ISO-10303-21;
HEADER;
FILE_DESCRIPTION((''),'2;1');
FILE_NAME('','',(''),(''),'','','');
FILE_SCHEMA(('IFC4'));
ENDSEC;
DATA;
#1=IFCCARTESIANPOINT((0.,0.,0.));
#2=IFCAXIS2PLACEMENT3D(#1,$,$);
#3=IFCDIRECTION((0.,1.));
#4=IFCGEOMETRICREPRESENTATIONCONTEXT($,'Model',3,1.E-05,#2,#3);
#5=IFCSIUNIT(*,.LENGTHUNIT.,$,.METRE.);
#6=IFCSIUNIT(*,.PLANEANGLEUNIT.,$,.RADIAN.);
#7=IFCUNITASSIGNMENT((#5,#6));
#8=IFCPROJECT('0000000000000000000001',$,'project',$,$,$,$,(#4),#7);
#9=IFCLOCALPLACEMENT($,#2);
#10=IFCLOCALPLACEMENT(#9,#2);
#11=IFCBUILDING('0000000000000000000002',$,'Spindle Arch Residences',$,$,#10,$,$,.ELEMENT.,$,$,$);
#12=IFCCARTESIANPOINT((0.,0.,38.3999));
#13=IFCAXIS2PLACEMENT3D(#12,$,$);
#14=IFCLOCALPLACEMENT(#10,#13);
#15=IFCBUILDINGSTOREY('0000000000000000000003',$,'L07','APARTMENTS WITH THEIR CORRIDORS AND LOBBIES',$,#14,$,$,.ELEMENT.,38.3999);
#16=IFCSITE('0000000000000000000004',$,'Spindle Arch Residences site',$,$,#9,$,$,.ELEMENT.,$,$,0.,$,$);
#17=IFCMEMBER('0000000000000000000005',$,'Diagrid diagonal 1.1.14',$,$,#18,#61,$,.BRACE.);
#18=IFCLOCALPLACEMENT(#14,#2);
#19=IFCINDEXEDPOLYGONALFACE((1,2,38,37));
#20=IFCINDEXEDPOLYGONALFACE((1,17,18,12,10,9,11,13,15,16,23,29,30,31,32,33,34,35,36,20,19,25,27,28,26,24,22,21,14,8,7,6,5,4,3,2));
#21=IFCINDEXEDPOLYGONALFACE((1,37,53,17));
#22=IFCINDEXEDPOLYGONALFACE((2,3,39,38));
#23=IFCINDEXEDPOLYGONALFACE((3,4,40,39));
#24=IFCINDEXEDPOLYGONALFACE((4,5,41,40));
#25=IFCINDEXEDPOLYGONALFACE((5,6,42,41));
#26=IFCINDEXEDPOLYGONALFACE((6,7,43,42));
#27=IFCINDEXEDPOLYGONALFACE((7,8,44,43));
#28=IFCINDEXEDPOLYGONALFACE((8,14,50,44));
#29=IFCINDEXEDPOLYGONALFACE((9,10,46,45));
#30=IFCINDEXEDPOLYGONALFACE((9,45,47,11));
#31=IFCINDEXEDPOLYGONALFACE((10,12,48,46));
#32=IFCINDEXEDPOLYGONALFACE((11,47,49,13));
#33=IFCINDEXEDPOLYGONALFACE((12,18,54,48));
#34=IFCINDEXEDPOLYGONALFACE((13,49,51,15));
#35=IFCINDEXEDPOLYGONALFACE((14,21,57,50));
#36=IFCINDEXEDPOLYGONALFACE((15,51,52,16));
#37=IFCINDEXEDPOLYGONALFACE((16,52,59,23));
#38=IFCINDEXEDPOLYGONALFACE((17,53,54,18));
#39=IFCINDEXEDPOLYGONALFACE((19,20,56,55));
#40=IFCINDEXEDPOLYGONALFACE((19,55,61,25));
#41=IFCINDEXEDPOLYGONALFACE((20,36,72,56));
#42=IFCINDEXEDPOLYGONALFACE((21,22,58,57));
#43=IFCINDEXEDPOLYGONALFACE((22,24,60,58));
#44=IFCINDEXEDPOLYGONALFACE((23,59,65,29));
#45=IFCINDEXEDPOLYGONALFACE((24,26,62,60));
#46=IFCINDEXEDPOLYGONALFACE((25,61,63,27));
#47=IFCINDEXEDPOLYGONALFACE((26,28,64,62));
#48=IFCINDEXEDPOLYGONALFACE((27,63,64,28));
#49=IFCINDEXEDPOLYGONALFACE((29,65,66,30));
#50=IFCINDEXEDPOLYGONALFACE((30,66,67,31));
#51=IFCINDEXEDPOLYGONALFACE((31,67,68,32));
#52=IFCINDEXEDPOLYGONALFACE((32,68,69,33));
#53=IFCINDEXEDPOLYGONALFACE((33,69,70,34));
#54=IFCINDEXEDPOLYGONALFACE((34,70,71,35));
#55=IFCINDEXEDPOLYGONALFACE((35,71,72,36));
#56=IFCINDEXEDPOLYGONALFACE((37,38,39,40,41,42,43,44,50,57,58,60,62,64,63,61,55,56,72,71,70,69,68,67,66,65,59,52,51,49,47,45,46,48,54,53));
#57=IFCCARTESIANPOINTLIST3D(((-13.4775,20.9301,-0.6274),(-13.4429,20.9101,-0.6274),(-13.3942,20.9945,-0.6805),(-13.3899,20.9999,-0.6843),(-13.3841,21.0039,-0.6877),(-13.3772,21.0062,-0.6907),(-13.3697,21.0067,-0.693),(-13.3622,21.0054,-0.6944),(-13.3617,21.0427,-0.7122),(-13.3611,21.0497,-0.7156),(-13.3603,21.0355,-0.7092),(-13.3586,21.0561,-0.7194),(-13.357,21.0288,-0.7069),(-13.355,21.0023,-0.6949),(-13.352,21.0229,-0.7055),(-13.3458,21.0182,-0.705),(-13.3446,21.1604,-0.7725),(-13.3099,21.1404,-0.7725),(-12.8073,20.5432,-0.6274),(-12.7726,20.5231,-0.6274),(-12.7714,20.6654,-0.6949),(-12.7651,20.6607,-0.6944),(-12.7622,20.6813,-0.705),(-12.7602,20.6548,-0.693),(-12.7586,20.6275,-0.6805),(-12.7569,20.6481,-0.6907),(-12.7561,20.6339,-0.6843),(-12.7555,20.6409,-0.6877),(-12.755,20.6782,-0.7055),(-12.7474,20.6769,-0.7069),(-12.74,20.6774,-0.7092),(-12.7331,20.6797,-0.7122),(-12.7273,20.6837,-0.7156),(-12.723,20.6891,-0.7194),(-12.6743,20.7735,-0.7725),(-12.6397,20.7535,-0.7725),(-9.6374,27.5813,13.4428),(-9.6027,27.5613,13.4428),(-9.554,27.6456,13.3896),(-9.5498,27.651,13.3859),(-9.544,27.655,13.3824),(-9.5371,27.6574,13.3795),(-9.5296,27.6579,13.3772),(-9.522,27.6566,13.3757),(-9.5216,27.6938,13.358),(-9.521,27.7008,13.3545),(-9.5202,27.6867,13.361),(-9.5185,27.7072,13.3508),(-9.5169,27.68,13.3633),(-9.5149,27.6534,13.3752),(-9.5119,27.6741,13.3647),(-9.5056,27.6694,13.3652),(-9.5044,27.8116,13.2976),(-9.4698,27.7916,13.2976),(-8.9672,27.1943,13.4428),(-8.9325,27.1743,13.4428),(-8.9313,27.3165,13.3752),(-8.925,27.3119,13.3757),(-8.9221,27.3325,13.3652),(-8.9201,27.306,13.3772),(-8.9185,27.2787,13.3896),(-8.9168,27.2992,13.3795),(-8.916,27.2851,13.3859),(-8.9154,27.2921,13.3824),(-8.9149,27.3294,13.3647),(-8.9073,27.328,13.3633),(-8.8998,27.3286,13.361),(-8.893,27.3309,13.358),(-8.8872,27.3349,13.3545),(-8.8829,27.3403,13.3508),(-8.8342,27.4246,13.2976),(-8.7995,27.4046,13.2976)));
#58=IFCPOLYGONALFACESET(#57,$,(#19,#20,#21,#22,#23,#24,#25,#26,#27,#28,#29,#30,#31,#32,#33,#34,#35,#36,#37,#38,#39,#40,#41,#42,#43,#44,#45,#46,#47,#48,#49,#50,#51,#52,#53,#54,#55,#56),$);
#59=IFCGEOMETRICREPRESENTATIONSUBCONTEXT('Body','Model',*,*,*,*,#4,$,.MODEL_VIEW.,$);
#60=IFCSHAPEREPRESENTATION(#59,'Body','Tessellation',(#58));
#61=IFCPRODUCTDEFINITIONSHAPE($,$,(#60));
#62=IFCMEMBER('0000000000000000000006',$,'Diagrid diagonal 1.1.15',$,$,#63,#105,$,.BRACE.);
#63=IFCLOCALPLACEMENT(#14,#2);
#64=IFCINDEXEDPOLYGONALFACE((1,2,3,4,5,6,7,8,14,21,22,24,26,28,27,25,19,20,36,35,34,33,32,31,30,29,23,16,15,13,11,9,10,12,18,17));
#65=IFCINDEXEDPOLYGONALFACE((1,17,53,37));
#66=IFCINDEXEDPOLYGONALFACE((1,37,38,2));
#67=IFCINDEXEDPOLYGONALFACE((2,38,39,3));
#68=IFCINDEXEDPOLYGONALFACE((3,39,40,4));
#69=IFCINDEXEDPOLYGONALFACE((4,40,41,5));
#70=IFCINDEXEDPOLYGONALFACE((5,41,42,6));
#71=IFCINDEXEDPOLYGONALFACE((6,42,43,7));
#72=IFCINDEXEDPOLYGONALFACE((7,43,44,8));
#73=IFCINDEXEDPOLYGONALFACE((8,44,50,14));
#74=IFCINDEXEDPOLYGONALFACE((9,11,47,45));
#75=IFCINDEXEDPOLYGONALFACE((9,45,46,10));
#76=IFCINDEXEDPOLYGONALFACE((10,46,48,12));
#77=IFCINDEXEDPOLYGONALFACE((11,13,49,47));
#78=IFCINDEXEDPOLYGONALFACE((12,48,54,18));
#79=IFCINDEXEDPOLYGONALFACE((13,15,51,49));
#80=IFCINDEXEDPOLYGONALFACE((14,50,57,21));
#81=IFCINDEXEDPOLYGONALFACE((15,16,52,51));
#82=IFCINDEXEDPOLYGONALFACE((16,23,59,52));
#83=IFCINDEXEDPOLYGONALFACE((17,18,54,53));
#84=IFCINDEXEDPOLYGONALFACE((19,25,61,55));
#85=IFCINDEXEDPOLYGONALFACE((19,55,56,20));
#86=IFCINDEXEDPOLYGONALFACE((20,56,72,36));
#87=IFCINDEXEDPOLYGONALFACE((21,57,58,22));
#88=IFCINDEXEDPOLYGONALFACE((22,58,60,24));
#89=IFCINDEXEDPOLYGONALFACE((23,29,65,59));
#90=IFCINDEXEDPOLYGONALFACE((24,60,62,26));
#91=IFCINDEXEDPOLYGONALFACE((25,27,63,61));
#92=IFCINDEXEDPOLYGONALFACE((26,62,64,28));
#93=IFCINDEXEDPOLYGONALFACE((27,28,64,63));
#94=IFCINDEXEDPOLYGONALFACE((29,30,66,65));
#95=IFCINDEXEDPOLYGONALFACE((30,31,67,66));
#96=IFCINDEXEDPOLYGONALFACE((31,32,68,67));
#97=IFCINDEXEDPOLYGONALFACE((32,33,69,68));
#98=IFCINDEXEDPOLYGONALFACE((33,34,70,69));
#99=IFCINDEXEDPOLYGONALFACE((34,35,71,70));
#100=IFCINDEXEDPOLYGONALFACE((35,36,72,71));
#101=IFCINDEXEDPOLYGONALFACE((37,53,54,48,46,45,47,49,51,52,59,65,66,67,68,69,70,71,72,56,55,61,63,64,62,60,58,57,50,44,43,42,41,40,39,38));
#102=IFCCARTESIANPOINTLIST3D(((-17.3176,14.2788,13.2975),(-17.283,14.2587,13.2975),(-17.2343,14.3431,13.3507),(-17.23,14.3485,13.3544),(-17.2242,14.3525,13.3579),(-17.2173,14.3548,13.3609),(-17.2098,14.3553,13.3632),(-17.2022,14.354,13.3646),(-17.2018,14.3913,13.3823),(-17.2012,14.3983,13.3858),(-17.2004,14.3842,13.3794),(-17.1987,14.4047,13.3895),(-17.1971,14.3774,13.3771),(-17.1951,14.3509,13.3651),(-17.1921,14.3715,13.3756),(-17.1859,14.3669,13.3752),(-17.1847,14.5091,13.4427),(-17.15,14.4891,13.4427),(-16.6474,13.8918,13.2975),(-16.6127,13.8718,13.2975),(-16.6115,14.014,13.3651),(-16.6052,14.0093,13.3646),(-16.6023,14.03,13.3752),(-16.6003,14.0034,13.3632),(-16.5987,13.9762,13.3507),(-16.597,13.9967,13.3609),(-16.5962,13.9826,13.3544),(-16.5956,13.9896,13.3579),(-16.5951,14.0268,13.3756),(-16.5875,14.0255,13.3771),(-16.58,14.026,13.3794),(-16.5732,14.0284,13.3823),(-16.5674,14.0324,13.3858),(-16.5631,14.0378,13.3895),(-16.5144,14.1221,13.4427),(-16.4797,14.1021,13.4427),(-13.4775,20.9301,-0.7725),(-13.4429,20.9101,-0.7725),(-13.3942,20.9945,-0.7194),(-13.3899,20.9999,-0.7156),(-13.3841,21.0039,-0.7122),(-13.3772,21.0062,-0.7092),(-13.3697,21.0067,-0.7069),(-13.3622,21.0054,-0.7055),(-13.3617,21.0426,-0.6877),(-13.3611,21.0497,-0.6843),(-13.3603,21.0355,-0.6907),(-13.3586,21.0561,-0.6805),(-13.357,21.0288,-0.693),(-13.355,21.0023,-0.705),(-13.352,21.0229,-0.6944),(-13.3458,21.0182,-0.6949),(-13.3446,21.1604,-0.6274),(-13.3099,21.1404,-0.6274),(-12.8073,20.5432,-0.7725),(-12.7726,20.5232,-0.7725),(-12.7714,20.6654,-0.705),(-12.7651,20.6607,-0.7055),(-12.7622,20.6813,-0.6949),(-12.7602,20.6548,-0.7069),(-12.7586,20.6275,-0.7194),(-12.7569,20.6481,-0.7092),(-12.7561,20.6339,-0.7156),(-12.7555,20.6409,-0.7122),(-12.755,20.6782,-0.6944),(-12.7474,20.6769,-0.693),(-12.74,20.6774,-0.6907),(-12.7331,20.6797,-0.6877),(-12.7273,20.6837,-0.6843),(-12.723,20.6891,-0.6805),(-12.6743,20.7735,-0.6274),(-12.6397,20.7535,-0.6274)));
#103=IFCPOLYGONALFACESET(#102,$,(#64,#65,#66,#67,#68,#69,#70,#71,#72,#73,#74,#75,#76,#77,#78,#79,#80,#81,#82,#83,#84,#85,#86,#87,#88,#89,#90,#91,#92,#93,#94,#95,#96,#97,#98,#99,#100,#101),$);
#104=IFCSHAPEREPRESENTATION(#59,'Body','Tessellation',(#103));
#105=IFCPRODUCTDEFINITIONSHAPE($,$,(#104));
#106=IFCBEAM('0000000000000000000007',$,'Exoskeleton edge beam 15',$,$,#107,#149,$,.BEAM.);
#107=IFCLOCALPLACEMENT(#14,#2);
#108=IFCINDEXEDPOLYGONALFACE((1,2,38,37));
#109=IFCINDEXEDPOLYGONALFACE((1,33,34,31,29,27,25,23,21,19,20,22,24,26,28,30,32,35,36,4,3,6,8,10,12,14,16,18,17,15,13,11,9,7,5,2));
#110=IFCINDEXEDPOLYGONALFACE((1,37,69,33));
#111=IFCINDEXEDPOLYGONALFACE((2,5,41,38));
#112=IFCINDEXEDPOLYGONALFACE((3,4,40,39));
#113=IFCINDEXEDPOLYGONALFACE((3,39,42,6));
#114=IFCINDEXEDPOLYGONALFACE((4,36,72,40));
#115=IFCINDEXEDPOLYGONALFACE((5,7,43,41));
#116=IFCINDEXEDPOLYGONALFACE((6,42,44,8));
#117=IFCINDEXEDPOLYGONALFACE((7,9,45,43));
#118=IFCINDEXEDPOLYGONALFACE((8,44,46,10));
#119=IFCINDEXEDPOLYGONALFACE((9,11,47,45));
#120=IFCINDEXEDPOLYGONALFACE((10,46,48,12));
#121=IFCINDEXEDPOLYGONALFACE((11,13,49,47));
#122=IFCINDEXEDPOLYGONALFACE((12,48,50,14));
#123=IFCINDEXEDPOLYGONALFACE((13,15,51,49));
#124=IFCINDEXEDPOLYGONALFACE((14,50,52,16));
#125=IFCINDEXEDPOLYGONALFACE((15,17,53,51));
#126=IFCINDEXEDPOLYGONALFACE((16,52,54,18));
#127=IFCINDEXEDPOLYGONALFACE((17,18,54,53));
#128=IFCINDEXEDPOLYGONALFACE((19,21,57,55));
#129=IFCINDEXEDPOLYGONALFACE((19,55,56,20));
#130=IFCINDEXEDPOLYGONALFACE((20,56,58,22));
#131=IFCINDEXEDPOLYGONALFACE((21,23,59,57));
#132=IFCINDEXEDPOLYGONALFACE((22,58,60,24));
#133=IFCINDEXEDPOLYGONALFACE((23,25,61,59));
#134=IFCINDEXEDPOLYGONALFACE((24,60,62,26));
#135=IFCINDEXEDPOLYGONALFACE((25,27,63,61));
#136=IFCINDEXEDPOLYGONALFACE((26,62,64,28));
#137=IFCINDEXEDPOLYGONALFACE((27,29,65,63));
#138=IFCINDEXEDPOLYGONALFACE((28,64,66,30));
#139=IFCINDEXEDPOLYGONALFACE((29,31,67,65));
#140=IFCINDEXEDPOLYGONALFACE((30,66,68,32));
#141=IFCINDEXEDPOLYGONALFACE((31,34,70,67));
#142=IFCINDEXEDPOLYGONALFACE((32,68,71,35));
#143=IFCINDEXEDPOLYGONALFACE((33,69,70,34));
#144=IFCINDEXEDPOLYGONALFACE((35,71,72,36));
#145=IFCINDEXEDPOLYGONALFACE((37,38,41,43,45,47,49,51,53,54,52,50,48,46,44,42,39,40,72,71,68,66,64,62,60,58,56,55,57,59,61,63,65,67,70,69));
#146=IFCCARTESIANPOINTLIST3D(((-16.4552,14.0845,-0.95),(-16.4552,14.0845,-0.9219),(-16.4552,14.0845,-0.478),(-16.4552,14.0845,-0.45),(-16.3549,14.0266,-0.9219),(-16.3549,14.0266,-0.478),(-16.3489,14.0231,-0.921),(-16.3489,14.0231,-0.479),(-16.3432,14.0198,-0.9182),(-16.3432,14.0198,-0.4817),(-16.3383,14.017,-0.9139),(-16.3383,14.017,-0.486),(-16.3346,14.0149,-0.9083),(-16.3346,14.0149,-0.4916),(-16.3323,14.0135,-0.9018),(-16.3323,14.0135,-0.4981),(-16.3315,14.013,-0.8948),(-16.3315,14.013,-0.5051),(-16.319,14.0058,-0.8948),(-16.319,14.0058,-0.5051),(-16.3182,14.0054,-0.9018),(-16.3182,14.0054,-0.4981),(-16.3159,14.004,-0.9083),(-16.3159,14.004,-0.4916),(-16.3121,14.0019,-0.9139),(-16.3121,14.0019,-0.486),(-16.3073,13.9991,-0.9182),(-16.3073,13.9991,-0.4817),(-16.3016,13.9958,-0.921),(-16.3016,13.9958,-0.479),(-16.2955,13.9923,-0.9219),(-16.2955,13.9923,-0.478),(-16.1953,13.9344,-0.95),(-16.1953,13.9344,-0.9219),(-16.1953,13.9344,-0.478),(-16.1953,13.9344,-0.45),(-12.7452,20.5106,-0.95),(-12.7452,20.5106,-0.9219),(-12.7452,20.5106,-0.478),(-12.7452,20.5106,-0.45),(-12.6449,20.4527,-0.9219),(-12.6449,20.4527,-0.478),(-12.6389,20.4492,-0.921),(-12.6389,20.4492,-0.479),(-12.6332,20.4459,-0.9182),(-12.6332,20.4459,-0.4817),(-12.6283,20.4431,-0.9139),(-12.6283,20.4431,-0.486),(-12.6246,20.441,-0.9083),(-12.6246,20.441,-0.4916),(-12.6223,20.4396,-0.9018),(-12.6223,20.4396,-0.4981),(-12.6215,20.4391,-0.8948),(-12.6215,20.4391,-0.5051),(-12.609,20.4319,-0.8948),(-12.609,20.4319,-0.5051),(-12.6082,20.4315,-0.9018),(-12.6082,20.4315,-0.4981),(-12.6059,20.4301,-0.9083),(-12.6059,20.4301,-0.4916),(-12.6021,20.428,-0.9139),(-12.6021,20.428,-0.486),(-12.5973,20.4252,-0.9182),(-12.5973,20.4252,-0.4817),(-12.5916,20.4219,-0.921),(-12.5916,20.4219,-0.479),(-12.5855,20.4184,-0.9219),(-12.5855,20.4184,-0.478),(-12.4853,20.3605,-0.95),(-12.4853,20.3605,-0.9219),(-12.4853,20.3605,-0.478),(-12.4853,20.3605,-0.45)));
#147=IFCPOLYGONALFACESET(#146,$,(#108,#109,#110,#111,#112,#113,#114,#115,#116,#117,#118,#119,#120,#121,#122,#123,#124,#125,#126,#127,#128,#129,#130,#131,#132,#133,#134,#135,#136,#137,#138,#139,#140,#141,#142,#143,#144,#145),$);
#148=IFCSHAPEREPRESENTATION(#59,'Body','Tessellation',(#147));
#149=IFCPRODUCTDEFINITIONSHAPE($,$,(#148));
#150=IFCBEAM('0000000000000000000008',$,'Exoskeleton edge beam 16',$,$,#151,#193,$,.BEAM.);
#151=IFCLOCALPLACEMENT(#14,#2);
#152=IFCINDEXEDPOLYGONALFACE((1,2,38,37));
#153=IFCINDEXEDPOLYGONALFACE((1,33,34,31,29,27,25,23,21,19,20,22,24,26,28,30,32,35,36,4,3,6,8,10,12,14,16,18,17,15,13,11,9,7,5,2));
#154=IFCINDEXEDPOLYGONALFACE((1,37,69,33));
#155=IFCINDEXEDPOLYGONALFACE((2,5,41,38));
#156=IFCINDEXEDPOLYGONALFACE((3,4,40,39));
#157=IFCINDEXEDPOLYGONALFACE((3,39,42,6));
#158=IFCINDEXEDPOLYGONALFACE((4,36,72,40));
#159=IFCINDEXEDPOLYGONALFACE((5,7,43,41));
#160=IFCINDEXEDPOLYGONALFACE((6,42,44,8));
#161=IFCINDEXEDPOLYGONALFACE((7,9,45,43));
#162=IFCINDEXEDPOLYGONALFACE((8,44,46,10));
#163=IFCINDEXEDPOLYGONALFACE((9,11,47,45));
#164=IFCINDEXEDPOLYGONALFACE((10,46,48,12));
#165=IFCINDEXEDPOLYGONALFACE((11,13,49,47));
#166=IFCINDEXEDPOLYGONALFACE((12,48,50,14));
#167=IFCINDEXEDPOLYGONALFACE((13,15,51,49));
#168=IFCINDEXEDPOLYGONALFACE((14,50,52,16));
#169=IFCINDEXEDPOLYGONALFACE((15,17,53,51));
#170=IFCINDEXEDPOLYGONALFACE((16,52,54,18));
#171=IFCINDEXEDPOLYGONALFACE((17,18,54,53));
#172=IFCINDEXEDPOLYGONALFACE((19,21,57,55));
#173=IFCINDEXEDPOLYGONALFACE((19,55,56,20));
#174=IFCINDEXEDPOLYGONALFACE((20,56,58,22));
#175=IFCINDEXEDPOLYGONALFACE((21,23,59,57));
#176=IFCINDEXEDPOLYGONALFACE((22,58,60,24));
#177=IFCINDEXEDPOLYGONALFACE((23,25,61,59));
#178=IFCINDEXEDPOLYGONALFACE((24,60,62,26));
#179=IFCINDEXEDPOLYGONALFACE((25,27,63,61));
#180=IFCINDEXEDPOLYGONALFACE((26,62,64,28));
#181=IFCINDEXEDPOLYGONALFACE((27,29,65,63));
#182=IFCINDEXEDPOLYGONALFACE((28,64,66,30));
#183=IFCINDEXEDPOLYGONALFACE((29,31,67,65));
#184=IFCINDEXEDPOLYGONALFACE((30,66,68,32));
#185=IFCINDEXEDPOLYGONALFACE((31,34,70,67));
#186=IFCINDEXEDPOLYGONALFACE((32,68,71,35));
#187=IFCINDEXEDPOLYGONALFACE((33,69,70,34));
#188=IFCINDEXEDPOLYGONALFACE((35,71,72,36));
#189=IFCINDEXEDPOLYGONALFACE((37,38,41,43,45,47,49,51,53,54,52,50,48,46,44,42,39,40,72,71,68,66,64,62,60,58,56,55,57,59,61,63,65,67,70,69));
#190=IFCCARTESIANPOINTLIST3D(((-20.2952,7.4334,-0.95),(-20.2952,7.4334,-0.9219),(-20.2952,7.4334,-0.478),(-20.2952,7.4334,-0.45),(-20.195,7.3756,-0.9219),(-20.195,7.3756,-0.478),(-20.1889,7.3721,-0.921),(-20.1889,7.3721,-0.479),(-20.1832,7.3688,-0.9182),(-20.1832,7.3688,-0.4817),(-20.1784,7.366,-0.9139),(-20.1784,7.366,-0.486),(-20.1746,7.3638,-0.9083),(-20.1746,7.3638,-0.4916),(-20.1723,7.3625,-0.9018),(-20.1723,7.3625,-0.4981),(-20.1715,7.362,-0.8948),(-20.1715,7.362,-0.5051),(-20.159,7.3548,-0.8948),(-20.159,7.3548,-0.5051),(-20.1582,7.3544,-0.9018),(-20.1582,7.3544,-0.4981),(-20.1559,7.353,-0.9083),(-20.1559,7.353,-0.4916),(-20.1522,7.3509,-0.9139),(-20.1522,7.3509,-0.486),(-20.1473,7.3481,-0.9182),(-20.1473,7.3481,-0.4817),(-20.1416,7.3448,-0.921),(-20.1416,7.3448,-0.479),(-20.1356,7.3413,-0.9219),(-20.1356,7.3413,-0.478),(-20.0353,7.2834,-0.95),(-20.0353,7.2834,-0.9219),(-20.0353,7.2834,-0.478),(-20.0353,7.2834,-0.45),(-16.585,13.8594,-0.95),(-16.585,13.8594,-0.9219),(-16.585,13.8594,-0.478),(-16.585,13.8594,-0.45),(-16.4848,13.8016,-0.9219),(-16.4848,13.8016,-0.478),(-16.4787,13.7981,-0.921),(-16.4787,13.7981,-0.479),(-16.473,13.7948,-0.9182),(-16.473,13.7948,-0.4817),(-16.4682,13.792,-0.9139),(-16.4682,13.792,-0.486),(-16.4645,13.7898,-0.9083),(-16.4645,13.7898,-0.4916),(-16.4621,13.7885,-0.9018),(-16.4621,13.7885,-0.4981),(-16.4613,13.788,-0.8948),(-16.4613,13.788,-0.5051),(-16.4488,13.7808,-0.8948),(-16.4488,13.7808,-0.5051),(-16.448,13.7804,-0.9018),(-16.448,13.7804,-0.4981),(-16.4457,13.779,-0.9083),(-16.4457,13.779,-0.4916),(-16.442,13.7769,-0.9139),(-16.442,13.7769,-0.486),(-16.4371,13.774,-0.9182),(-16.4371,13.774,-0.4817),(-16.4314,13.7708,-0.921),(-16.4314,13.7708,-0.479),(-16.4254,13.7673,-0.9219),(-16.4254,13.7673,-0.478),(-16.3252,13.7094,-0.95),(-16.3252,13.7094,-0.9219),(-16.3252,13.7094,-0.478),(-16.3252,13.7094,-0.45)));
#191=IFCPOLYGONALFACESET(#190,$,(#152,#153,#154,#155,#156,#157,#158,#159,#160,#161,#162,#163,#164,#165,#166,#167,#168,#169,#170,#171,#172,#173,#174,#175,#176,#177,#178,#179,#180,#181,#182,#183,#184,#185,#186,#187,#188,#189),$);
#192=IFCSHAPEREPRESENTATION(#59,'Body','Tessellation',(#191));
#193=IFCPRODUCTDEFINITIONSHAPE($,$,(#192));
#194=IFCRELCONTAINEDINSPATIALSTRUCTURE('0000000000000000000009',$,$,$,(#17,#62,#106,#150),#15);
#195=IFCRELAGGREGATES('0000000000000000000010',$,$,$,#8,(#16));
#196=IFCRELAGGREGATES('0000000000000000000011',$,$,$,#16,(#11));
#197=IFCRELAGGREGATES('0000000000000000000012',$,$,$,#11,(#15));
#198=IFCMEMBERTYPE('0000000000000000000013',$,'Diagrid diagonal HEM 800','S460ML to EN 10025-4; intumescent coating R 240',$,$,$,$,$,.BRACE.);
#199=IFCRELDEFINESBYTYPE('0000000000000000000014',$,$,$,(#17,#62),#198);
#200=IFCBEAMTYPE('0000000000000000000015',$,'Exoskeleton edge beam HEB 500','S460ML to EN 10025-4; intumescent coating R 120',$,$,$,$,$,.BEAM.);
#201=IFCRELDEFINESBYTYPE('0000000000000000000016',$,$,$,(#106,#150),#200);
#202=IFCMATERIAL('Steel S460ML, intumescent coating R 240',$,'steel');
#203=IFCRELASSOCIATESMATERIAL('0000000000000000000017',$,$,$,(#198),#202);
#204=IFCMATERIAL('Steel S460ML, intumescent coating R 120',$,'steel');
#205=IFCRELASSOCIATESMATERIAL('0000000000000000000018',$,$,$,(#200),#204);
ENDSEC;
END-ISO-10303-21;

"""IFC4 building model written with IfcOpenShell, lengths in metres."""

from ifc_helpers import new_model, si_unit, direction, frame, origin, origin_2d, place, context, subcontext, project, spatial, i_section, extrude, material, material_profile, profile_set, type_object, element, save


model = new_model("IFC4")

# Units and contexts
model_context = context("Model", 3, precision=1e-05, world=origin(), true_north=direction((0.0, 1.0)))
body_context = subcontext(model_context, "Body", "Model", "MODEL_VIEW")
ifc_project = project(units=[si_unit("LENGTHUNIT", "METRE"), si_unit("PLANEANGLEUNIT", "RADIAN")], contexts=[model_context])

# Site, building, storey
site_placement = place(None, origin())
site = spatial("IfcSite", under=ifc_project, at=site_placement, Name="Spindle Arch Residences site", CompositionType="ELEMENT", RefElevation=0.0)
building_placement = place(site_placement, origin())
building = spatial("IfcBuilding", under=site, at=building_placement, Name="Spindle Arch Residences", CompositionType="ELEMENT")
storey_placement = place(building_placement, frame((0.0, 0.0, 38.3999)))
storey = spatial("IfcBuildingStorey", under=building, at=storey_placement, Name="L07", Description="APARTMENTS WITH THEIR CORRIDORS AND LOBBIES", CompositionType="ELEMENT", Elevation=38.3999)

# Members
ifc_material_1 = material(Name="Steel S460ML, intumescent coating R 240", Category="steel")
ifc_material_profile_1 = material_profile(ifc_material_1, i_section(OverallWidth=0.303, OverallDepth=0.814, WebThickness=0.021, FlangeThickness=0.04, FilletRadius=0.03, at=origin_2d()), Name="HEM 800")
ifc_profile_set_1 = profile_set([ifc_material_profile_1], Name="Steel S460ML, intumescent coating R 240")
member_type_1 = type_object("IfcMemberType", Name="Diagrid diagonal HEM 800", Description="S460ML to EN 10025-4; intumescent coating R 240", PredefinedType="BRACE", material=ifc_profile_set_1)
for number, where, z_axis, x_axis, name in (
    (1, (-13.0586, 20.8418, -0.7), (0.239561, 0.414926, 0.877751), (-0.438881, -0.760152, 0.479117), "Diagrid diagonal 1.1.14"),
    (2, (-13.0586, 20.8418, -0.7), (-0.23956, -0.414938, 0.877746), (0.438866, 0.760154, 0.479127), "Diagrid diagonal 1.1.15"),
):
    element("IfcMember", number, at=place(storey_placement, frame(where, z_axis=z_axis, x_axis=x_axis)), inside=storey, type_object=member_type_1, Name=name, PredefinedType="BRACE", context=body_context, shape_type="SweptSolid", body=[
        extrude(i_section(OverallWidth=0.303, OverallDepth=0.814, WebThickness=0.021, FlangeThickness=0.04, FilletRadius=0.03, at=origin_2d()), origin(), (0.0, 0.0, 1.0), 16.0298),
    ])

# Beams
ifc_material_2 = material(Name="Steel S460ML, intumescent coating R 120", Category="steel")
ifc_material_profile_2 = material_profile(ifc_material_2, i_section(OverallWidth=0.3, OverallDepth=0.5, WebThickness=0.0144, FlangeThickness=0.0281, FilletRadius=0.0271, at=origin_2d()), Name="HEB 500")
ifc_profile_set_2 = profile_set([ifc_material_profile_2], Name="Steel S460ML, intumescent coating R 120")
beam_type_1 = type_object("IfcBeamType", Name="Exoskeleton edge beam HEB 500", Description="S460ML to EN 10025-4; intumescent coating R 120", PredefinedType="BEAM", material=ifc_profile_set_2)
for number, where, z_axis, x_axis, name in (
    (3, (-12.6152, 20.4355, -0.7), (-0.499989, -0.866032, 0.0), (0.866032, -0.499989, 0.0), "Exoskeleton edge beam 15"),
    (4, (-16.4551, 13.7844, -0.7), (-0.500014, -0.866017, 0.0), (0.866017, -0.500014, 0.0), "Exoskeleton edge beam 16"),
):
    element("IfcBeam", number, at=place(storey_placement, frame(where, z_axis=z_axis, x_axis=x_axis)), inside=storey, type_object=beam_type_1, Name=name, PredefinedType="BEAM", context=body_context, shape_type="SweptSolid", body=[
        extrude(i_section(OverallWidth=0.3, OverallDepth=0.5, WebThickness=0.0144, FlangeThickness=0.0281, FilletRadius=0.0271, at=origin_2d()), origin(), (0.0, 0.0, 1.0), 7.4202),
    ])

save(model, "model.ifc")
